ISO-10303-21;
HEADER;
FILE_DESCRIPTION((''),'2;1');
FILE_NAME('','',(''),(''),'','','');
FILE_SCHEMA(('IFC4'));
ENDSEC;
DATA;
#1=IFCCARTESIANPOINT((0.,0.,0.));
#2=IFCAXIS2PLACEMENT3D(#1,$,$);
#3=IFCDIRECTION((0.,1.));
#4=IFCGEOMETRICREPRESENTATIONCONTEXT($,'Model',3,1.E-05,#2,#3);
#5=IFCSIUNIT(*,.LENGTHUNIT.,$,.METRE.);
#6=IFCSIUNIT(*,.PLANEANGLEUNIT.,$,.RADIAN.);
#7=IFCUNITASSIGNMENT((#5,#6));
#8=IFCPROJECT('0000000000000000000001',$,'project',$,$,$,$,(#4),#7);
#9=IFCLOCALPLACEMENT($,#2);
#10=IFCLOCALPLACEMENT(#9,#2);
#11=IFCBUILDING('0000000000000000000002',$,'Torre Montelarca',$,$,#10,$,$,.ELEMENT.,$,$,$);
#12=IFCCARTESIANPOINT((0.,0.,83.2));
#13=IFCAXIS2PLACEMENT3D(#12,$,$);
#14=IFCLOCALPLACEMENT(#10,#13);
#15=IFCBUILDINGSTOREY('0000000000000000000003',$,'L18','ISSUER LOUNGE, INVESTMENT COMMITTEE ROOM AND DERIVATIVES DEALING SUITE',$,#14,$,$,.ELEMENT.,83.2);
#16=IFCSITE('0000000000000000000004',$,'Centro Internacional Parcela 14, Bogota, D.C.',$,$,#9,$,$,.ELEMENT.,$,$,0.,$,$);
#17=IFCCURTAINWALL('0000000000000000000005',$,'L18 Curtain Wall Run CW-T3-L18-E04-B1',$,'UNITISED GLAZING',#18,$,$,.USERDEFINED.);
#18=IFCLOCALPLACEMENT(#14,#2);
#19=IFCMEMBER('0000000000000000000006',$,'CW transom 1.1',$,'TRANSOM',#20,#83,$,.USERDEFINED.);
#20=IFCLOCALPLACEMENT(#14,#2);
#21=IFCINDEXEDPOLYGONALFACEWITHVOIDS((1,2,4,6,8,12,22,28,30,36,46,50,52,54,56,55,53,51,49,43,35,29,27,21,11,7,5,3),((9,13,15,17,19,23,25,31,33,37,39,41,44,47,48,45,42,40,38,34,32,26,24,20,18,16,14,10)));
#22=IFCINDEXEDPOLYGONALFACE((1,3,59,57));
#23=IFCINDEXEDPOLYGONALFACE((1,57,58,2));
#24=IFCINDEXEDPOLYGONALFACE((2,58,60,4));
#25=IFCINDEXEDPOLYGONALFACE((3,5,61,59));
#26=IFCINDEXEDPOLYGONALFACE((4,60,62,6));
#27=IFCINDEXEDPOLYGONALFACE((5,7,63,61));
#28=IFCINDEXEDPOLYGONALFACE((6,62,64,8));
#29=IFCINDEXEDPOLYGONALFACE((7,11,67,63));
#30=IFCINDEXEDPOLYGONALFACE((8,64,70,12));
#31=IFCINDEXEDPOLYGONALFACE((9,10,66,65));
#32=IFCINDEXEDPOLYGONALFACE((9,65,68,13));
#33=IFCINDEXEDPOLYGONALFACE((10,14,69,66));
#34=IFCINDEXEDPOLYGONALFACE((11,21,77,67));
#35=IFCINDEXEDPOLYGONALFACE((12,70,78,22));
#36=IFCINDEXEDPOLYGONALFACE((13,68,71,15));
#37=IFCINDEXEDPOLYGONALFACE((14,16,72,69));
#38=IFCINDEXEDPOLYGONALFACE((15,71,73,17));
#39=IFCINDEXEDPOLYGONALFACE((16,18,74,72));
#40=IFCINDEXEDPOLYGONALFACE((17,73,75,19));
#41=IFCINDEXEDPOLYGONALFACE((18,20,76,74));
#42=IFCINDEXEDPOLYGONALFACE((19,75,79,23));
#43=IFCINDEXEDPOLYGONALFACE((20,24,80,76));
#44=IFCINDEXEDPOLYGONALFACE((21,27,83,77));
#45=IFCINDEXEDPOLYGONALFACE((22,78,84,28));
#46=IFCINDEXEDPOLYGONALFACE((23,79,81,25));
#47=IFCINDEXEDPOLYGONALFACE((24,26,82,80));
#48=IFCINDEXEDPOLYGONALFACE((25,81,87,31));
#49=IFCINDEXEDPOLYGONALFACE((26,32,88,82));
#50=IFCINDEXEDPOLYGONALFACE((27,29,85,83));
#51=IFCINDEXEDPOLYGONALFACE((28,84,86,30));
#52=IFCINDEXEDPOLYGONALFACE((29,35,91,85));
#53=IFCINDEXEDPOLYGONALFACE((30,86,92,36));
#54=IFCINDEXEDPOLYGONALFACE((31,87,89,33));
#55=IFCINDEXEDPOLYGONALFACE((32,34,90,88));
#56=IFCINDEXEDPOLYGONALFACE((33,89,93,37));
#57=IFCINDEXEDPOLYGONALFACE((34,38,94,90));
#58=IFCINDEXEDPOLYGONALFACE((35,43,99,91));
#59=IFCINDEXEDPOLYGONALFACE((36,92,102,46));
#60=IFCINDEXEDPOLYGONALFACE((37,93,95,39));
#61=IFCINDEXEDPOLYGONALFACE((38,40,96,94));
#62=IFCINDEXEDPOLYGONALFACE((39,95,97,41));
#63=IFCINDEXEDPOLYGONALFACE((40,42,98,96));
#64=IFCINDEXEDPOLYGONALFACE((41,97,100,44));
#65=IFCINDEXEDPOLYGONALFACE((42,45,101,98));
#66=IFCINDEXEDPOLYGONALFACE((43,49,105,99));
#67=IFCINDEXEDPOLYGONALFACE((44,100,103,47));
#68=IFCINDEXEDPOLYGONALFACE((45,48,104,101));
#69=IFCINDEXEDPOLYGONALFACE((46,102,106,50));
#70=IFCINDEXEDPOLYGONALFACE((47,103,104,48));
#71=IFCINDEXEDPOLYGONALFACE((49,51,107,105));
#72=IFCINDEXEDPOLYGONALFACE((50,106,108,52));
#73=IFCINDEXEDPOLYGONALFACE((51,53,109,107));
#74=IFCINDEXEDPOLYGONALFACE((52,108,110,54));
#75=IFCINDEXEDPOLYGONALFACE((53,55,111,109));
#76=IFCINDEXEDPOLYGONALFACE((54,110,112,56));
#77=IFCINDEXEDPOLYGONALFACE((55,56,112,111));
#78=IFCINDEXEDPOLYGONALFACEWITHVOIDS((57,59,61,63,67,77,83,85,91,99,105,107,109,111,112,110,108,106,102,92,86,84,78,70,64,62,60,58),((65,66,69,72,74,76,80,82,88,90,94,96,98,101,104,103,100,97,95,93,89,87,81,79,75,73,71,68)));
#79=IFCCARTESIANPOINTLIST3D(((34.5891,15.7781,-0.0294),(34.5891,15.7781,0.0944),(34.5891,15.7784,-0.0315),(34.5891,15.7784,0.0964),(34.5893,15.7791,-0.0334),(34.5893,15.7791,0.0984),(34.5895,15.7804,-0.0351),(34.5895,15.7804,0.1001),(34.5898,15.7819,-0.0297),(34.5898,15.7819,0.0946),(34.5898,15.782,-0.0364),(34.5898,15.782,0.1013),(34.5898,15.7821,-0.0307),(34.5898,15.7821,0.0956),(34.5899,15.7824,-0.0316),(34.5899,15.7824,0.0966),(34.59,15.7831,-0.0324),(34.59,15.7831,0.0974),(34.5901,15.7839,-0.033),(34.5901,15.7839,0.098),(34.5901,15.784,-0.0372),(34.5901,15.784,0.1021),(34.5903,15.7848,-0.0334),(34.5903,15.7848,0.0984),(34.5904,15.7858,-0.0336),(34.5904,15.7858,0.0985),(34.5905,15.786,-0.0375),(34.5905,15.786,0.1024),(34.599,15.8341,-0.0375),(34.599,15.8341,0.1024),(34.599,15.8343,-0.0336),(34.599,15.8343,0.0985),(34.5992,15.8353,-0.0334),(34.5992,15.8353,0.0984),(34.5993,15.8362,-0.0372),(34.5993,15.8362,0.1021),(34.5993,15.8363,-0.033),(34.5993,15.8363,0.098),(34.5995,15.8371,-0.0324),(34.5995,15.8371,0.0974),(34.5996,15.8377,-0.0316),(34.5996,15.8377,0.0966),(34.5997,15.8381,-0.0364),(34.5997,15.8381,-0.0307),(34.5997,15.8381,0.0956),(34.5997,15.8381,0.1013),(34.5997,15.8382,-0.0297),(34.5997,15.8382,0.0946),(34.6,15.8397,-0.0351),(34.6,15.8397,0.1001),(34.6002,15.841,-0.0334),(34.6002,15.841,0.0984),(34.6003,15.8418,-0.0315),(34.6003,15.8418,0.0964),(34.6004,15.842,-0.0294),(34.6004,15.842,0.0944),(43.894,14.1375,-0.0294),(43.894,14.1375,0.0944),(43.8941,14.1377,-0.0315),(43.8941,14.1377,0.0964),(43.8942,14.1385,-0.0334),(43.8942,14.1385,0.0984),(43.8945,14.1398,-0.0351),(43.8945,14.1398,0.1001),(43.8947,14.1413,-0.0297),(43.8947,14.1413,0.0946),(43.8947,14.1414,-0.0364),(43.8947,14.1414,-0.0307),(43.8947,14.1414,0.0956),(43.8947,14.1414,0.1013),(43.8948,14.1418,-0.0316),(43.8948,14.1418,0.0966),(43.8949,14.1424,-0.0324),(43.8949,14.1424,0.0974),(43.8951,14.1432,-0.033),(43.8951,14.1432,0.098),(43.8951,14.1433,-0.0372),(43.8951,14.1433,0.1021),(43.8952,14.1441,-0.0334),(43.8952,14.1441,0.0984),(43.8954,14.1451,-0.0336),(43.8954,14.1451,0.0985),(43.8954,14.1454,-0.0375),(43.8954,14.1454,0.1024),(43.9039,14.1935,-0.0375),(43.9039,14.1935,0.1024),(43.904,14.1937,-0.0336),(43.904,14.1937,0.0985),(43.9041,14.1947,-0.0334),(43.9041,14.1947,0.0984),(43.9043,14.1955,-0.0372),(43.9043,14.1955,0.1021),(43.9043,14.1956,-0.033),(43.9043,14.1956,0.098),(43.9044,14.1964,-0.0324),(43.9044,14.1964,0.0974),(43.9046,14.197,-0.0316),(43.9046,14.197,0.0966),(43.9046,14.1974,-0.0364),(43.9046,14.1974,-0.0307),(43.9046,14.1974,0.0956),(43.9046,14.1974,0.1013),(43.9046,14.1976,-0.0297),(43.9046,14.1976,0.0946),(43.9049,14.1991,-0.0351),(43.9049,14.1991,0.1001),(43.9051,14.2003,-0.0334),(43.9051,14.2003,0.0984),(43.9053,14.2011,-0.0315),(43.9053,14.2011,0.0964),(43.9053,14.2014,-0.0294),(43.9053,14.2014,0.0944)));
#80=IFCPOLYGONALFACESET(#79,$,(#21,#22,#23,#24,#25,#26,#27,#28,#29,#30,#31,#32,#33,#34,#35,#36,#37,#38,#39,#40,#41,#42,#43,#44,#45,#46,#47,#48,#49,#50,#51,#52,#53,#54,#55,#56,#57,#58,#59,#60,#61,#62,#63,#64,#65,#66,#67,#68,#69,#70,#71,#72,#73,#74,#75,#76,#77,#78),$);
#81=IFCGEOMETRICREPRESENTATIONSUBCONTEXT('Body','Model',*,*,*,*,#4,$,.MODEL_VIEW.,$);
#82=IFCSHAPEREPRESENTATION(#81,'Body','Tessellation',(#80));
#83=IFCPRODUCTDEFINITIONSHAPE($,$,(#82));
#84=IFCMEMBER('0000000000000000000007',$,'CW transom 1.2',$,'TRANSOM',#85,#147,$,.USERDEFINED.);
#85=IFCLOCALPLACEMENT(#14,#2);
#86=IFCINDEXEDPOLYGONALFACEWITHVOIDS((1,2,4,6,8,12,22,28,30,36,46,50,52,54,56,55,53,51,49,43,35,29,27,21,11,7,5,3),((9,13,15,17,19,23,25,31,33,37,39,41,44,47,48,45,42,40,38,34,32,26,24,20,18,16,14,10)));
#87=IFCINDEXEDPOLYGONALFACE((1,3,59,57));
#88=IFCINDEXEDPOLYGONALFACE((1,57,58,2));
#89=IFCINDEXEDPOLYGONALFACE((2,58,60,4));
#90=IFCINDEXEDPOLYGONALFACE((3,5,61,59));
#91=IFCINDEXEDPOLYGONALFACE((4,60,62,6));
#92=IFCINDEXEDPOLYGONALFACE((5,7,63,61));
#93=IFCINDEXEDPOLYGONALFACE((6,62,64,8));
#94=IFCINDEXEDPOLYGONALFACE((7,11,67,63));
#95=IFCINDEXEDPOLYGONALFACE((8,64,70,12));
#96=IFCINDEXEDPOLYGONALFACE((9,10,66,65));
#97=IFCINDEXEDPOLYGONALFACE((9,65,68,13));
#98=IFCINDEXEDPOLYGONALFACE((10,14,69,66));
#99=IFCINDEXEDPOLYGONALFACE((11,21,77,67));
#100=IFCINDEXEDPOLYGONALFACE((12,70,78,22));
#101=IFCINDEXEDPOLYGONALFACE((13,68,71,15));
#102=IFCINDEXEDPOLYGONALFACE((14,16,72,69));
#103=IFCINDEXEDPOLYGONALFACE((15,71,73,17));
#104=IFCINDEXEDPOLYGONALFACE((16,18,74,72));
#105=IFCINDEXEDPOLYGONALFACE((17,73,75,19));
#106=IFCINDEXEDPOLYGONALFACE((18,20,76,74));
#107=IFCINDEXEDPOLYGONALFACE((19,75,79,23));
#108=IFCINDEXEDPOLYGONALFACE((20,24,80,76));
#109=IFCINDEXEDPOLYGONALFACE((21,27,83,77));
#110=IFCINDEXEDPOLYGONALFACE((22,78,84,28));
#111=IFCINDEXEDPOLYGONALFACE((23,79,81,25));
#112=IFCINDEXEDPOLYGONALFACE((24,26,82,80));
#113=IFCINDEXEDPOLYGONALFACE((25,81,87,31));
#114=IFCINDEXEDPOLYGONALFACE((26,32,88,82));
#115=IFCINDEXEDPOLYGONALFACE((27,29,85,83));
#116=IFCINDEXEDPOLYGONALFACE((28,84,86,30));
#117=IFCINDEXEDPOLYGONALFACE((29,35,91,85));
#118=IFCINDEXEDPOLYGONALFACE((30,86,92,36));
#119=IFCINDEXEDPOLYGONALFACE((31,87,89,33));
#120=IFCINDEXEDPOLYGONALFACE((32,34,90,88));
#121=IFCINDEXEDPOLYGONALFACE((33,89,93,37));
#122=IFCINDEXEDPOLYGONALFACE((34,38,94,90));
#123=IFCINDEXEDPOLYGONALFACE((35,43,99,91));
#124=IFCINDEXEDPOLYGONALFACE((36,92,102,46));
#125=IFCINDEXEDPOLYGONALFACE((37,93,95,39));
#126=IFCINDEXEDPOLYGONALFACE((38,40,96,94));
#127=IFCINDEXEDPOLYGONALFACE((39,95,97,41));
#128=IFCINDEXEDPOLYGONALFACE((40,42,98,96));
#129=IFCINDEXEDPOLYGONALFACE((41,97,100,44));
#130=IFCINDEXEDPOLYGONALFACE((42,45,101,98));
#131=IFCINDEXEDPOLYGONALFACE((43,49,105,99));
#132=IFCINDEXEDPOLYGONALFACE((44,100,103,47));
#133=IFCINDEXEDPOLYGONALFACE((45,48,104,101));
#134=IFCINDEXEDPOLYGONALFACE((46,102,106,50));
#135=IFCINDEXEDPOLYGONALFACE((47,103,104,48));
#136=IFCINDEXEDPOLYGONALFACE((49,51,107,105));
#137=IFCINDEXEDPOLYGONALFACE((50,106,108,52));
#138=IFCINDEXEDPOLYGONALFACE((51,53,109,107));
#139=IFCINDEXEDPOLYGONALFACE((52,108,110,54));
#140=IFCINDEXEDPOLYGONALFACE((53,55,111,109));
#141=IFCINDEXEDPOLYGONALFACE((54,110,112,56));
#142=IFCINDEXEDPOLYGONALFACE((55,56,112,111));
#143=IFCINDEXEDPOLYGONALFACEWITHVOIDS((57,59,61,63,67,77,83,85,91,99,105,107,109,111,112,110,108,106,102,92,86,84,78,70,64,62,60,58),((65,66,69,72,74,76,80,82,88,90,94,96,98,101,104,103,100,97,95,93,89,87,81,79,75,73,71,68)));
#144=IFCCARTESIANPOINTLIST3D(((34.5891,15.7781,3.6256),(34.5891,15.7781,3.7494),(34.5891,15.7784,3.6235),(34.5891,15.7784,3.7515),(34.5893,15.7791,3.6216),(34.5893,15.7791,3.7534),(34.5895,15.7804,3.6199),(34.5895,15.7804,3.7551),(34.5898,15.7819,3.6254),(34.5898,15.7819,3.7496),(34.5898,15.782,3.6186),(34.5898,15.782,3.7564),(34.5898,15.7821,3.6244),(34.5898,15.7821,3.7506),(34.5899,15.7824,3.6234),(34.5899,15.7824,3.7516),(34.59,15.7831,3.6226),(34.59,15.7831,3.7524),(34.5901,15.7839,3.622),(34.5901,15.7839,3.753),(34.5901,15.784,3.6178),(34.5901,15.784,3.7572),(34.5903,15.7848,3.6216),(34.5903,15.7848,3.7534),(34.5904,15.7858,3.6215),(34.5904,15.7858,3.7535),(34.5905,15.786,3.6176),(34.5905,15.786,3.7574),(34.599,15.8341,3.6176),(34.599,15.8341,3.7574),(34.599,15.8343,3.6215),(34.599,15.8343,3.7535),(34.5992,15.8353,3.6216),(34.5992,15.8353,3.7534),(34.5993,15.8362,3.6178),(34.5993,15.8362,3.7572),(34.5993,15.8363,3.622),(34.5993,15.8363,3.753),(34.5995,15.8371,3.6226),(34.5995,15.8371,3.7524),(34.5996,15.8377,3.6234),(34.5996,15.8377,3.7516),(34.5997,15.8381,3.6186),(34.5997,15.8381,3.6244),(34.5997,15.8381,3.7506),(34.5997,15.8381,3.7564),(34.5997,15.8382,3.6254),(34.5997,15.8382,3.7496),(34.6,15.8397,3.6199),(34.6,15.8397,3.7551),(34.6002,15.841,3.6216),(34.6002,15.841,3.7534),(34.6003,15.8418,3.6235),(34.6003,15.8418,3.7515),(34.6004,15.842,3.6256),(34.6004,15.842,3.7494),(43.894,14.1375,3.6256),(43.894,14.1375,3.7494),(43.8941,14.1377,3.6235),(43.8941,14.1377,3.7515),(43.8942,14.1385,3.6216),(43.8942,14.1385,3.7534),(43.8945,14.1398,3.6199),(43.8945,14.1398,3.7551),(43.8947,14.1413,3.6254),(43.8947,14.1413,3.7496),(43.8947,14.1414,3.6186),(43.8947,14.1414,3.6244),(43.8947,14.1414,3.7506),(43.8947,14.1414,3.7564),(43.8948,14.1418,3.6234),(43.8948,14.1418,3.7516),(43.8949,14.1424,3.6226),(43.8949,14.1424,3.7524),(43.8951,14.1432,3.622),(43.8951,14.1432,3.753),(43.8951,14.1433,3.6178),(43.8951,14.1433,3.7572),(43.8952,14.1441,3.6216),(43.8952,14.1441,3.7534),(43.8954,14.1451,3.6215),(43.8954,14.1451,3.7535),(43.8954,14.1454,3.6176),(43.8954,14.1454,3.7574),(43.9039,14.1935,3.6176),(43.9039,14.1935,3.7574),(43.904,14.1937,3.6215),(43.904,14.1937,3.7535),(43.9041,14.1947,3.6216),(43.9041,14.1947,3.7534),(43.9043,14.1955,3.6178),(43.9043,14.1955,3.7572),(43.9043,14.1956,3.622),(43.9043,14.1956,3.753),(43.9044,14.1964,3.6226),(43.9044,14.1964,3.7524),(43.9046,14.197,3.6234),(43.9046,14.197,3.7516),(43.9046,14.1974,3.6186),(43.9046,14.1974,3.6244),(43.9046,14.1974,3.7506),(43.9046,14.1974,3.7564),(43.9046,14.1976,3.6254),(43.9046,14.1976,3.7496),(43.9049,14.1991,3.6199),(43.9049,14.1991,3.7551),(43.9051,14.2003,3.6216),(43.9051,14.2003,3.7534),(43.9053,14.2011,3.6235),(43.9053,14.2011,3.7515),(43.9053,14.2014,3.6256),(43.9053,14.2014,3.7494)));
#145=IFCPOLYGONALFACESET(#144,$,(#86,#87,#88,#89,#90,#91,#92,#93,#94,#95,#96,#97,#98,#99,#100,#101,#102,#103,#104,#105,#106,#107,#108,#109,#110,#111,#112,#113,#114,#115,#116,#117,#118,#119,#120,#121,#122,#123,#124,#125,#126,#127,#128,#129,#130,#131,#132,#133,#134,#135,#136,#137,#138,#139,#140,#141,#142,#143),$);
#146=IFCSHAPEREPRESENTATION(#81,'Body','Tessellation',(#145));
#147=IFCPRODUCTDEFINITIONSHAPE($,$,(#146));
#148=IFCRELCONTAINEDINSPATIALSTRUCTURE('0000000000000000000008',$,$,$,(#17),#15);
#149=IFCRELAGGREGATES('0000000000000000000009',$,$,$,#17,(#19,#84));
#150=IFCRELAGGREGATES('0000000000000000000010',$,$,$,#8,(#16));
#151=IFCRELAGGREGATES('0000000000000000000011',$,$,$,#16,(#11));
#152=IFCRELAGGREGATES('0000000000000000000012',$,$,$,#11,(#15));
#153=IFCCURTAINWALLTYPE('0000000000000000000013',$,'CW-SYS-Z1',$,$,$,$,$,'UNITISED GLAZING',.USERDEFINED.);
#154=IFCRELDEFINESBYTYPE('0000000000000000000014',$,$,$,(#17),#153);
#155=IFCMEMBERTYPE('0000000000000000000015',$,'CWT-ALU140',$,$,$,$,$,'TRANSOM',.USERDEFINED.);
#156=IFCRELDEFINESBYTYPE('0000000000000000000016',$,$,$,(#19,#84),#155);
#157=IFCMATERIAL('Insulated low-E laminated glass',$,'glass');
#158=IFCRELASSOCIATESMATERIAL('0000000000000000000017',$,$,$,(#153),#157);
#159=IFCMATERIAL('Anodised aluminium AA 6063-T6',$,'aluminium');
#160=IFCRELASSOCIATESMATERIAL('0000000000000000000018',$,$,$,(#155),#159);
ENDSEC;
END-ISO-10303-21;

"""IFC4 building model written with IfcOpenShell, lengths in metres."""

from ifc_helpers import new_model, si_unit, direction, frame, origin, origin_2d, place, context, subcontext, project, spatial, hollow_rectangle, extrude, source, transform, mapped, material, material_profile, profile_set, type_object, element, aggregate, save


model = new_model("IFC4")

# Units and contexts
model_context = context("Model", 3, precision=1e-05, world=origin(), true_north=direction((0.0, 1.0)))
body_context = subcontext(model_context, "Body", "Model", "MODEL_VIEW")
ifc_project = project(units=[si_unit("LENGTHUNIT", "METRE"), si_unit("PLANEANGLEUNIT", "RADIAN")], contexts=[model_context])

# Site, building, storey
site_placement = place(None, origin())
site = spatial("IfcSite", under=ifc_project, at=site_placement, Name="Centro Internacional Parcela 14, Bogota, D.C.", CompositionType="ELEMENT", RefElevation=0.0)
building_placement = place(site_placement, origin())
building = spatial("IfcBuilding", under=site, at=building_placement, Name="Torre Montelarca", CompositionType="ELEMENT")
storey_placement = place(building_placement, frame((0.0, 0.0, 83.2)))
storey = spatial("IfcBuildingStorey", under=building, at=storey_placement, Name="L18", Description="ISSUER LOUNGE, INVESTMENT COMMITTEE ROOM AND DERIVATIVES DEALING SUITE", CompositionType="ELEMENT", Elevation=83.2)

# Curtain wall, members
ifc_material_1 = material(Name="Insulated low-E laminated glass", Category="glass")
curtain_wall_type = type_object("IfcCurtainWallType", Name="CW-SYS-Z1", ElementType="UNITISED GLAZING", PredefinedType="USERDEFINED", material=ifc_material_1)
ifc_material_2 = material(Name="Anodised aluminium AA 6063-T6", Category="aluminium")
ifc_material_profile_1 = material_profile(ifc_material_2, hollow_rectangle(XDim=0.0649, YDim=0.1399, WallThickness=0.0039, InnerFilletRadius=0.0039, OuterFilletRadius=0.0081, at=origin_2d()), Name="ALU65X140X4", Category="aluminium")
ifc_profile_set_1 = profile_set([ifc_material_profile_1], Name="Anodised aluminium AA 6063-T6")
member_type_1 = type_object("IfcMemberType", Name="CWT-ALU140", ElementType="TRANSOM", PredefinedType="USERDEFINED", material=ifc_profile_set_1)
curtain_wall_1_placement = place(storey_placement, origin())
curtain_wall_1 = element("IfcCurtainWall", 1, at=curtain_wall_1_placement, inside=storey, type_object=curtain_wall_type, Name="L18 Curtain Wall Run CW-T3-L18-E04-B1", ObjectType="UNITISED GLAZING", PredefinedType="USERDEFINED")
shared_shape_1 = source(origin(), body_context, "Body", "SweptSolid", [
    extrude(hollow_rectangle(XDim=0.0649, YDim=0.1399, WallThickness=0.0039, InnerFilletRadius=0.0039, OuterFilletRadius=0.0081, at=origin_2d()), origin(), (0.0, 0.0, 1.0), 9.4485),
])
member_1_placement = place(storey_placement, frame((34.5947, 15.8101, 0.0325), z_axis=(0.984809, -0.173639, 0.0), x_axis=(0.173639, 0.984809, 0.0)))
member_1 = element("IfcMember", 2, at=member_1_placement, type_object=member_type_1, Name="CW transom 1.1", ObjectType="TRANSOM", PredefinedType="USERDEFINED", context=body_context, shape_type="MappedRepresentation", body=[
    mapped(shared_shape_1, transform((0.0, 0.0, 0.0), scale=1.0)),
])
member_2_placement = place(storey_placement, frame((34.5947, 15.8101, 3.6875), z_axis=(0.984809, -0.173639, 0.0), x_axis=(0.173639, 0.984809, 0.0)))
member_2 = element("IfcMember", 3, at=member_2_placement, type_object=member_type_1, Name="CW transom 1.2", ObjectType="TRANSOM", PredefinedType="USERDEFINED", context=body_context, shape_type="MappedRepresentation", body=[
    mapped(shared_shape_1, transform((0.0, 0.0, 0.0), scale=1.0)),
])

aggregate(curtain_wall_1, [member_1, member_2])

save(model, "model.ifc")
